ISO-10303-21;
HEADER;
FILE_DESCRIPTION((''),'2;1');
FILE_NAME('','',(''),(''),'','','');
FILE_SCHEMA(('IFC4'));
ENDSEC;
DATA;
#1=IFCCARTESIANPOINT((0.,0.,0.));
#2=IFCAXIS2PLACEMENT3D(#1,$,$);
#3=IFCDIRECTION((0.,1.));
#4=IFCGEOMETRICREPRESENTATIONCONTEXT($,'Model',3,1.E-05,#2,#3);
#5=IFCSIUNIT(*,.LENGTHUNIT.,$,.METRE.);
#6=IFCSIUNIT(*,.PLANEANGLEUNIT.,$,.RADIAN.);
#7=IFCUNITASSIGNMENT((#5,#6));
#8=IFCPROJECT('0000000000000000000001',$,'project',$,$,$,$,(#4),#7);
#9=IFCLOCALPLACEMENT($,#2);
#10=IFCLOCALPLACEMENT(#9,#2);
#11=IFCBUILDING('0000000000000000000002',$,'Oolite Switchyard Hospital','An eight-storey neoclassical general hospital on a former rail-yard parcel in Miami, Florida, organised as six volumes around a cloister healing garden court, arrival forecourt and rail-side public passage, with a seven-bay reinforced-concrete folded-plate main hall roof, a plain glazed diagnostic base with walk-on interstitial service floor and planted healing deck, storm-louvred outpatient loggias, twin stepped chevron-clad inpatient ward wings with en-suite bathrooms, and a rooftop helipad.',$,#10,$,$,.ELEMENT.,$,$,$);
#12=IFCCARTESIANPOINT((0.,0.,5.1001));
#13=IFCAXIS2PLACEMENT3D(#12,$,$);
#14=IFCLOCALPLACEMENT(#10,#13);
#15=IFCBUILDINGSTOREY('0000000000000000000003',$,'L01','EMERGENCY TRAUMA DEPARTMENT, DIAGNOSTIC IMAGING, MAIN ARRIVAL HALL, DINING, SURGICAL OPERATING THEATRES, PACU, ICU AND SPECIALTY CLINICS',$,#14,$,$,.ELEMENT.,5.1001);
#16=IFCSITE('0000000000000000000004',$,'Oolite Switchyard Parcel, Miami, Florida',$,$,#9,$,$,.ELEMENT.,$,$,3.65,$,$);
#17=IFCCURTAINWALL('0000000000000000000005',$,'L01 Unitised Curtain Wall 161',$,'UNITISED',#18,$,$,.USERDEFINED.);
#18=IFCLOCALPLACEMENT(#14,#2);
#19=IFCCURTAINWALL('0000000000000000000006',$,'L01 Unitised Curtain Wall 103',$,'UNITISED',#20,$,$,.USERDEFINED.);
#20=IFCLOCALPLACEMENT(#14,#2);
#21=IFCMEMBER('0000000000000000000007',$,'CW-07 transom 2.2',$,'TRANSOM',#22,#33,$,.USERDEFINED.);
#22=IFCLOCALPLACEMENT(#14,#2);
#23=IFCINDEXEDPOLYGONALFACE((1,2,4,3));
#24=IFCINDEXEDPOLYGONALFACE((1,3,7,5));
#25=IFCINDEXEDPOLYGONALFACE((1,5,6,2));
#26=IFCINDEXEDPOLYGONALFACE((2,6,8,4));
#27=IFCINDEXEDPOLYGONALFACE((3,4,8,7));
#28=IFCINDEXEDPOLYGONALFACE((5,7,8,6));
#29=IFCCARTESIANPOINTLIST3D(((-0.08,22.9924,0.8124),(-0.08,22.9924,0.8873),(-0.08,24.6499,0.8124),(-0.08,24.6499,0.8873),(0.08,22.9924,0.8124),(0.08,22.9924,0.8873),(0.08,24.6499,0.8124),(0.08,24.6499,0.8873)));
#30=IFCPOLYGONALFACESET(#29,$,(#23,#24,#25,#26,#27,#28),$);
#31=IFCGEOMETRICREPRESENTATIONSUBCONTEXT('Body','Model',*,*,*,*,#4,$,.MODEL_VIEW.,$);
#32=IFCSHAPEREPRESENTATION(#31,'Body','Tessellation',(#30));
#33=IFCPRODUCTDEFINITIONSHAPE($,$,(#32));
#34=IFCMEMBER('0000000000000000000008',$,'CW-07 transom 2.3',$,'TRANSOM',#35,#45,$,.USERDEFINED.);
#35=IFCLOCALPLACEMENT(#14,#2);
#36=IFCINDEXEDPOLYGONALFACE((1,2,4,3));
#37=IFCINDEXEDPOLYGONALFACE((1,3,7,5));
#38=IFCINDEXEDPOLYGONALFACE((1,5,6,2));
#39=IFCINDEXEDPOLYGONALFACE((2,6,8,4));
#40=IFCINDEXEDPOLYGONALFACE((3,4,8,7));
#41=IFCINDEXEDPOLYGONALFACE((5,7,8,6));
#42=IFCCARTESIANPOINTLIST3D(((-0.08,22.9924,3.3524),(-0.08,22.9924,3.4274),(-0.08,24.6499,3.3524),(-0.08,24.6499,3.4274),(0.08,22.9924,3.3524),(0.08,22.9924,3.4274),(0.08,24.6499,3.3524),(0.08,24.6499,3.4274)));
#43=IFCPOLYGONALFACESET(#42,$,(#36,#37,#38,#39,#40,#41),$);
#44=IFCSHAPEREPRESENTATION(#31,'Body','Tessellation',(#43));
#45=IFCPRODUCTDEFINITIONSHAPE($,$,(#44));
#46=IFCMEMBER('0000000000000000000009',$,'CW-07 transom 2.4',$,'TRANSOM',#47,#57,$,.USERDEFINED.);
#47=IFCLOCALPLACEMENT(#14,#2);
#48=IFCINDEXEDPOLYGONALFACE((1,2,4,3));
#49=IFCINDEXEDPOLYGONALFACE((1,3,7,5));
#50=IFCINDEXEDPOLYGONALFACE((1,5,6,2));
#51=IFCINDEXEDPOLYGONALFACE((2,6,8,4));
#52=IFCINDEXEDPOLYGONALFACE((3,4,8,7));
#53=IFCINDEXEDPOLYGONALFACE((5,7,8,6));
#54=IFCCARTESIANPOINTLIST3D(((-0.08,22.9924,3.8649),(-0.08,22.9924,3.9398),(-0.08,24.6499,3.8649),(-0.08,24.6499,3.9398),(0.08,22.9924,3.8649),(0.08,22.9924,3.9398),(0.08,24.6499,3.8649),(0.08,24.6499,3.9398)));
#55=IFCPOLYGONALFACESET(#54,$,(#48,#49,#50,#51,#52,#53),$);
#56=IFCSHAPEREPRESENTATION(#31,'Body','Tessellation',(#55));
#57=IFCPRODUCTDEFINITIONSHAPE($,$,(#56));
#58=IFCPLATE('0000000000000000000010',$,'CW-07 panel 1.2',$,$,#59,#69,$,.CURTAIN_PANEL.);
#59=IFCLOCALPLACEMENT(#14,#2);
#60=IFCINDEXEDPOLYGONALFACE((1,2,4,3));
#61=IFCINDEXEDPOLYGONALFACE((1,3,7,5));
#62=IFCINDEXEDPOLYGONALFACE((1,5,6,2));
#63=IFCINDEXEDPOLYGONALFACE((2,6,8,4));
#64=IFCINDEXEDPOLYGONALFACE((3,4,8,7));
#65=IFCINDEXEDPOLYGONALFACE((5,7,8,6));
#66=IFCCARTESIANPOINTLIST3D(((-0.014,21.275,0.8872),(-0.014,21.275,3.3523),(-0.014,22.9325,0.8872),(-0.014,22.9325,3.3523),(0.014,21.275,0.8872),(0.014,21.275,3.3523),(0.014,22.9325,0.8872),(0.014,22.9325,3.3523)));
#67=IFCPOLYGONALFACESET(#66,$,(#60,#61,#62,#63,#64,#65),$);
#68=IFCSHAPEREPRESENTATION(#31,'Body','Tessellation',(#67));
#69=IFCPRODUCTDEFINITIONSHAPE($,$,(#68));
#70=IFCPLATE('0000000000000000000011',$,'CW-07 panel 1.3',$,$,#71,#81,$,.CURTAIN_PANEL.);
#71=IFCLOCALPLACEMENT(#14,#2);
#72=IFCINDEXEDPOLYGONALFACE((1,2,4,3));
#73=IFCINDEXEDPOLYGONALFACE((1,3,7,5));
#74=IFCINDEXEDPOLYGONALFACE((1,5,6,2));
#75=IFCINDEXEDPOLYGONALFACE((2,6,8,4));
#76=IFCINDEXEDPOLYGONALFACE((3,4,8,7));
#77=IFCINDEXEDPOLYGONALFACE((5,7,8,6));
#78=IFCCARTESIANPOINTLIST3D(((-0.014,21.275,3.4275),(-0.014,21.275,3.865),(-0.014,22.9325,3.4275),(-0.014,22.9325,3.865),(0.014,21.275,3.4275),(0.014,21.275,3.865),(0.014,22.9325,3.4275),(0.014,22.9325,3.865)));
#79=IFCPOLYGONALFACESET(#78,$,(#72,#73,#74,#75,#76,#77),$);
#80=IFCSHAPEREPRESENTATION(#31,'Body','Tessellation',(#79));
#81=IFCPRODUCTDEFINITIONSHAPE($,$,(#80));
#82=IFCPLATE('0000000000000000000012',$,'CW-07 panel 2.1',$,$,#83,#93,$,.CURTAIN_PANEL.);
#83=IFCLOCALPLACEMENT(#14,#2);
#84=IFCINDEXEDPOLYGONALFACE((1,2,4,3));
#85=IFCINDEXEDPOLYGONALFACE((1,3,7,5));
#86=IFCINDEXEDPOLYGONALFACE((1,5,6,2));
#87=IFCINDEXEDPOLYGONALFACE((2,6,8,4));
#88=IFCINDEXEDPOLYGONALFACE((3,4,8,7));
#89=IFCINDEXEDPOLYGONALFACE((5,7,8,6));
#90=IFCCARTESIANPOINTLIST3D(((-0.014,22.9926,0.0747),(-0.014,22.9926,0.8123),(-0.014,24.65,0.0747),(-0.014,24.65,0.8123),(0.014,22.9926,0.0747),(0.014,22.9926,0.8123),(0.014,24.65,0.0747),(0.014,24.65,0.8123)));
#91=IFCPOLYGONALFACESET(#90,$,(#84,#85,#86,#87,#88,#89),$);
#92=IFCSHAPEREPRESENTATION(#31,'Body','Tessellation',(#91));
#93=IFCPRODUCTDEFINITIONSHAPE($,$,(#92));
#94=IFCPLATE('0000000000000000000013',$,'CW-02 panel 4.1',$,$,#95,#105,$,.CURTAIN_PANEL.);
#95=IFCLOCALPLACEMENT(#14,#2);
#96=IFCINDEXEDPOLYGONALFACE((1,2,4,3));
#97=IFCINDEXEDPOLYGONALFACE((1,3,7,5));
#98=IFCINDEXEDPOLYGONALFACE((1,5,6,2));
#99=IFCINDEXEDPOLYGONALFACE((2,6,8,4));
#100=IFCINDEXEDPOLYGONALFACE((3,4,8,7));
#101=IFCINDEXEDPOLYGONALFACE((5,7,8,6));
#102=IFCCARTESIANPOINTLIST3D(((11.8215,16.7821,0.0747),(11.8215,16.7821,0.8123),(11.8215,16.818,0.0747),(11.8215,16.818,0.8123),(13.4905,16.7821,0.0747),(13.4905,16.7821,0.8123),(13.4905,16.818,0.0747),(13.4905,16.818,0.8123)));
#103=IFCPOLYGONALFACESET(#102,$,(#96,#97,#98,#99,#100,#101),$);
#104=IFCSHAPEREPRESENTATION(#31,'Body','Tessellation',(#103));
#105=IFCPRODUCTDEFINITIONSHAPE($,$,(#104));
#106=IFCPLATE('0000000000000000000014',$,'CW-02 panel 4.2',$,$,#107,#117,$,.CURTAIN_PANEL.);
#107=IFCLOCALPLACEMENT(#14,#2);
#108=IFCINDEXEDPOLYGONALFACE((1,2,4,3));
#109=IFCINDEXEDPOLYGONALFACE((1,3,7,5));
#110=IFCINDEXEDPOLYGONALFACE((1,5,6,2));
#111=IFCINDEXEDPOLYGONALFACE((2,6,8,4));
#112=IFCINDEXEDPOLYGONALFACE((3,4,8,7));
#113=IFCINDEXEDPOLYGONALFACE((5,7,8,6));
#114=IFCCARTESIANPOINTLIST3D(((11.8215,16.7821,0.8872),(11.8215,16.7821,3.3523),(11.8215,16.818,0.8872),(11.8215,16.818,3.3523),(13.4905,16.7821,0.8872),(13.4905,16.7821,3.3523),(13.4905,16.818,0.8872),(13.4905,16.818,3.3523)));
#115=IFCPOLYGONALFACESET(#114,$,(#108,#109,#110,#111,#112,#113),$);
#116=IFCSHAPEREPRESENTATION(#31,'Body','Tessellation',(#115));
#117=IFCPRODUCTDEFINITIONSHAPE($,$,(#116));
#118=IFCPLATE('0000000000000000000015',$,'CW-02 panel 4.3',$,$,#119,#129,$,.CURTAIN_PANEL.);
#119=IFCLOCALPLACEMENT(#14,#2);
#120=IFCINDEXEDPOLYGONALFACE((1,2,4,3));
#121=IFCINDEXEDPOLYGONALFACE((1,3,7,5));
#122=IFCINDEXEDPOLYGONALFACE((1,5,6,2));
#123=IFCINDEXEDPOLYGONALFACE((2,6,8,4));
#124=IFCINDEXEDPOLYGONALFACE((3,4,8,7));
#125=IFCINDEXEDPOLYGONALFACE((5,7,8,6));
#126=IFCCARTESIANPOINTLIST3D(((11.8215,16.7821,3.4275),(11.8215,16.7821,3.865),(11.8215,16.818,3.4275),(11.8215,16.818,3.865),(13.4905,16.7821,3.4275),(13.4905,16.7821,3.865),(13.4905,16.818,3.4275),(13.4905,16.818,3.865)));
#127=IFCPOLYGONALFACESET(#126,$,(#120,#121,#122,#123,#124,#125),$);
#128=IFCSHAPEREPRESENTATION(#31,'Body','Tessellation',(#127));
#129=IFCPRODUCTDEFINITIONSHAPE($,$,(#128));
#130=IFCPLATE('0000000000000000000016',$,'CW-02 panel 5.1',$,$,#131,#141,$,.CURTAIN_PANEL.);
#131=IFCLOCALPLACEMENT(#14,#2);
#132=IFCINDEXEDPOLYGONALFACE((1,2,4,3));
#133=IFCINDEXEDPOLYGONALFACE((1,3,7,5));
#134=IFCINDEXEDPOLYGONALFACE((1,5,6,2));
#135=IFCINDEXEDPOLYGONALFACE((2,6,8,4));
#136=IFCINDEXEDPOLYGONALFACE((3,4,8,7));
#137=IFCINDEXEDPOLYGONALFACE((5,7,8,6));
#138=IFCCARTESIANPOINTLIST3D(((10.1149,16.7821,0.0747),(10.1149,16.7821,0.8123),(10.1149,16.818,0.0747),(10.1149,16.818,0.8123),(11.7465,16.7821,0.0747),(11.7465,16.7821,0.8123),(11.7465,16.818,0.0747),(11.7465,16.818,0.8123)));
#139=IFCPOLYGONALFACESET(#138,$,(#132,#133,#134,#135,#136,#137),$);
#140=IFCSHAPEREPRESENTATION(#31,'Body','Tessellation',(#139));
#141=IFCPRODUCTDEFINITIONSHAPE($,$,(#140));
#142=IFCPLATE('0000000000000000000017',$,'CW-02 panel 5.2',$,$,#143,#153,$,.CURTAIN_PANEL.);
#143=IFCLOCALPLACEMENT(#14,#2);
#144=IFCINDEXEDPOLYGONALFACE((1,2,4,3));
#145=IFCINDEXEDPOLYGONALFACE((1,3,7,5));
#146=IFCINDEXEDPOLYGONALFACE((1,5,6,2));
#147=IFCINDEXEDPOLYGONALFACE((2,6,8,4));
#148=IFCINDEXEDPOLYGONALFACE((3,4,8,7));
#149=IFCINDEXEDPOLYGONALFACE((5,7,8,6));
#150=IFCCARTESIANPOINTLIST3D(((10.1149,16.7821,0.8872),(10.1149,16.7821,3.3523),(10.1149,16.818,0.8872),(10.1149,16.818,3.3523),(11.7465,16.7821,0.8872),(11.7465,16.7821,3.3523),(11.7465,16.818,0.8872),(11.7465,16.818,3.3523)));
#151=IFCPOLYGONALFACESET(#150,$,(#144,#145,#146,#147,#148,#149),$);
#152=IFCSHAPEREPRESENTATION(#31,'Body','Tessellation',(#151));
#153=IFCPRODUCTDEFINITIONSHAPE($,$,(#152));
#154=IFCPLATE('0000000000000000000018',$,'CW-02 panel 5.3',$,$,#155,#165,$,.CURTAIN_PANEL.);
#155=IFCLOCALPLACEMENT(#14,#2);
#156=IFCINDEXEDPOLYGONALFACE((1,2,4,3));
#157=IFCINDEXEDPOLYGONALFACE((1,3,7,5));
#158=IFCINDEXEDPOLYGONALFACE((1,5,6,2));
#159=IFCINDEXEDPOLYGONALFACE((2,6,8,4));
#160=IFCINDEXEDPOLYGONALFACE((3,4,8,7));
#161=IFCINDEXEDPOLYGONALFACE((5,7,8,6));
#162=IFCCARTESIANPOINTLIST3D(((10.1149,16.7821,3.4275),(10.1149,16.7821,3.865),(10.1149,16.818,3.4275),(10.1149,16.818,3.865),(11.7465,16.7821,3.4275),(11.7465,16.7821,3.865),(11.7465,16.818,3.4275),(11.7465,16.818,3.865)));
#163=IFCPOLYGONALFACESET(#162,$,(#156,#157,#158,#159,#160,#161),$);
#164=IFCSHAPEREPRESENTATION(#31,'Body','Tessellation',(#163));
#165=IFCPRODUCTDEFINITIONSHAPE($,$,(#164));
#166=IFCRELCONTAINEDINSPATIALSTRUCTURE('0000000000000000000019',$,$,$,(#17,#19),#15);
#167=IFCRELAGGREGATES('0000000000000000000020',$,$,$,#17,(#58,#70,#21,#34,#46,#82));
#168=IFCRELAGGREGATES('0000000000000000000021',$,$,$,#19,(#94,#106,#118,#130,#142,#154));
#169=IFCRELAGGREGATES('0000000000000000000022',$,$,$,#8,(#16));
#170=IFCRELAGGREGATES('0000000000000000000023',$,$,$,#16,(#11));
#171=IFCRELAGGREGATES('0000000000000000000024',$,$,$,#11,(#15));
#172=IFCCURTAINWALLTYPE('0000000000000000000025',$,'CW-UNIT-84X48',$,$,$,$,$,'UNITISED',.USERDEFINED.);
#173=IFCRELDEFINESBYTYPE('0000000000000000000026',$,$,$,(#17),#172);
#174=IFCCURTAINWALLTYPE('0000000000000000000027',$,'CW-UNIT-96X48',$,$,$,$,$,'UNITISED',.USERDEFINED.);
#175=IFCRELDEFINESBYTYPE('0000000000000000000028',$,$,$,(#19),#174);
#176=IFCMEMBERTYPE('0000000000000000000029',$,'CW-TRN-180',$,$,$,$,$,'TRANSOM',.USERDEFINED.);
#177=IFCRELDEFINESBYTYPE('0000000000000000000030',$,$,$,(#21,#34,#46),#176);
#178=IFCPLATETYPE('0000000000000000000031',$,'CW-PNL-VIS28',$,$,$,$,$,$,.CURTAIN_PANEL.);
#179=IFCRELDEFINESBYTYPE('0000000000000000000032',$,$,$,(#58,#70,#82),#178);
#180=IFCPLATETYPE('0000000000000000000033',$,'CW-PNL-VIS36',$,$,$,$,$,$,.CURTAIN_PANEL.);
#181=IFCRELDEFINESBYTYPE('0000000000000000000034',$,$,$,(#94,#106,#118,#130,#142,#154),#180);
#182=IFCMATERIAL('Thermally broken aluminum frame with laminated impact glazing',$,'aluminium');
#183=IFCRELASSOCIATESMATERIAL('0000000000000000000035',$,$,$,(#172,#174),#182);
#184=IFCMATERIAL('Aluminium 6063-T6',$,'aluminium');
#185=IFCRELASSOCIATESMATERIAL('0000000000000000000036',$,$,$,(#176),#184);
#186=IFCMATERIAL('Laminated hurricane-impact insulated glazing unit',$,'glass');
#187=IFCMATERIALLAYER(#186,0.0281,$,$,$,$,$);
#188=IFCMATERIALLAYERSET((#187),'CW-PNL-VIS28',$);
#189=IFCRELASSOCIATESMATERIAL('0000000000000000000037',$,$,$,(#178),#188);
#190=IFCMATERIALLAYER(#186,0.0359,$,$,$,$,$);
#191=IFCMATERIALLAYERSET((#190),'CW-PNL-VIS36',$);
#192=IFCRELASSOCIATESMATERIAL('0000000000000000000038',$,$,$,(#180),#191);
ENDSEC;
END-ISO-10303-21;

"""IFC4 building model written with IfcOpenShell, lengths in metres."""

from ifc_helpers import new_model, si_unit, direction, frame, origin, origin_2d, place, context, subcontext, project, spatial, rectangle, extrude, material, layer, layer_set, material_profile, profile_set, type_object, element, aggregate, save


model = new_model("IFC4")

# Units and contexts
model_context = context("Model", 3, precision=1e-05, world=origin(), true_north=direction((0.0, 1.0)))
body_context = subcontext(model_context, "Body", "Model", "MODEL_VIEW")
ifc_project = project(units=[si_unit("LENGTHUNIT", "METRE"), si_unit("PLANEANGLEUNIT", "RADIAN")], contexts=[model_context])

# Site, building, storey
site_placement = place(None, origin())
site = spatial("IfcSite", under=ifc_project, at=site_placement, Name="Oolite Switchyard Parcel, Miami, Florida", CompositionType="ELEMENT", RefElevation=3.65)
building_placement = place(site_placement, origin())
building = spatial("IfcBuilding", under=site, at=building_placement, Name="Oolite Switchyard Hospital", Description="An eight-storey neoclassical general hospital on a former rail-yard parcel in Miami, Florida, organised as six volumes around a cloister healing garden court, arrival forecourt and rail-side public passage, with a seven-bay reinforced-concrete folded-plate main hall roof, a plain glazed diagnostic base with walk-on interstitial service floor and planted healing deck, storm-louvred outpatient loggias, twin stepped chevron-clad inpatient ward wings with en-suite bathrooms, and a rooftop helipad.", CompositionType="ELEMENT")
storey_placement = place(building_placement, frame((0.0, 0.0, 5.1001)))
storey = spatial("IfcBuildingStorey", under=building, at=storey_placement, Name="L01", Description="EMERGENCY TRAUMA DEPARTMENT, DIAGNOSTIC IMAGING, MAIN ARRIVAL HALL, DINING, SURGICAL OPERATING THEATRES, PACU, ICU AND SPECIALTY CLINICS", CompositionType="ELEMENT", Elevation=5.1001)

# Curtain wall
ifc_material_1 = material(Name="Thermally broken aluminum frame with laminated impact glazing", Category="aluminium")
curtain_wall_type_1 = type_object("IfcCurtainWallType", Name="CW-UNIT-84X48", ElementType="UNITISED", PredefinedType="USERDEFINED", material=ifc_material_1)
curtain_wall_1_placement = place(storey_placement, origin())
curtain_wall_1 = element("IfcCurtainWall", 1, at=curtain_wall_1_placement, inside=storey, type_object=curtain_wall_type_1, Name="L01 Unitised Curtain Wall 161", ObjectType="UNITISED", PredefinedType="USERDEFINED")
ifc_material_2 = material(Name="Aluminium 6063-T6", Category="aluminium")

# Curtain wall
curtain_wall_type_2 = type_object("IfcCurtainWallType", Name="CW-UNIT-96X48", ElementType="UNITISED", PredefinedType="USERDEFINED", material=ifc_material_1)
curtain_wall_2_placement = place(storey_placement, origin())
curtain_wall_2 = element("IfcCurtainWall", 2, at=curtain_wall_2_placement, inside=storey, type_object=curtain_wall_type_2, Name="L01 Unitised Curtain Wall 103", ObjectType="UNITISED", PredefinedType="USERDEFINED")
ifc_material_profile_1 = material_profile(ifc_material_2, rectangle(XDim=0.1599, YDim=0.075, at=origin_2d()), Name="CWT75X160")
ifc_profile_set_1 = profile_set([ifc_material_profile_1], Name="Aluminium 6063-T6")
member_type_1 = type_object("IfcMemberType", Name="CW-TRN-180", ElementType="TRANSOM", PredefinedType="USERDEFINED", material=ifc_profile_set_1)

# Members
member_1_placement = place(storey_placement, frame((0.0, 22.9924, 0.8499), z_axis=(0.0, 1.0, 0.0), x_axis=(-1.0, 0.0, 0.0)))
member_1 = element("IfcMember", 3, at=member_1_placement, type_object=member_type_1, Name="CW-07 transom 2.2", ObjectType="TRANSOM", PredefinedType="USERDEFINED", context=body_context, shape_type="SweptSolid", body=[
    extrude(rectangle(XDim=0.1599, YDim=0.075, at=origin_2d()), origin(), (0.0, 0.0, 1.0), 1.6575),
])
member_2_placement = place(storey_placement, frame((0.0, 22.9924, 3.3899), z_axis=(0.0, 1.0, 0.0), x_axis=(-1.0, 0.0, 0.0)))
member_2 = element("IfcMember", 4, at=member_2_placement, type_object=member_type_1, Name="CW-07 transom 2.3", ObjectType="TRANSOM", PredefinedType="USERDEFINED", context=body_context, shape_type="SweptSolid", body=[
    extrude(rectangle(XDim=0.1599, YDim=0.075, at=origin_2d()), origin(), (0.0, 0.0, 1.0), 1.6575),
])
member_3_placement = place(storey_placement, frame((0.0, 22.9924, 3.9023), z_axis=(0.0, 1.0, 0.0), x_axis=(-1.0, 0.0, 0.0)))
member_3 = element("IfcMember", 5, at=member_3_placement, type_object=member_type_1, Name="CW-07 transom 2.4", ObjectType="TRANSOM", PredefinedType="USERDEFINED", context=body_context, shape_type="SweptSolid", body=[
    extrude(rectangle(XDim=0.1599, YDim=0.075, at=origin_2d()), origin(), (0.0, 0.0, 1.0), 1.6575),
])

# Plates
ifc_material_3 = material(Name="Laminated hurricane-impact insulated glazing unit", Category="glass")
ifc_layer_1 = layer(ifc_material_3, 0.0281)
ifc_layer_set_1 = layer_set([ifc_layer_1], Name="CW-PNL-VIS28")
plate_type_1 = type_object("IfcPlateType", Name="CW-PNL-VIS28", PredefinedType="CURTAIN_PANEL", material=ifc_layer_set_1)
plate_1_placement = place(storey_placement, frame((0.0, 22.1038, 0.8872), z_axis=(0.0, 0.0, 1.0), x_axis=(0.0, 1.0, 0.0)))
plate_1 = element("IfcPlate", 6, at=plate_1_placement, type_object=plate_type_1, Name="CW-07 panel 1.2", PredefinedType="CURTAIN_PANEL", context=body_context, shape_type="SweptSolid", body=[
    extrude(rectangle(XDim=1.6575, YDim=0.0281, at=origin_2d()), origin(), (0.0, 0.0, 1.0), 2.4651),
])
plate_2_placement = place(storey_placement, frame((0.0, 22.1038, 3.4275), z_axis=(0.0, 0.0, 1.0), x_axis=(0.0, 1.0, 0.0)))
plate_2 = element("IfcPlate", 7, at=plate_2_placement, type_object=plate_type_1, Name="CW-07 panel 1.3", PredefinedType="CURTAIN_PANEL", context=body_context, shape_type="SweptSolid", body=[
    extrude(rectangle(XDim=1.6575, YDim=0.0281, at=origin_2d()), origin(), (0.0, 0.0, 1.0), 0.4375),
])
plate_3_placement = place(storey_placement, frame((0.0, 23.8213, 0.0747), z_axis=(0.0, 0.0, 1.0), x_axis=(0.0, 1.0, 0.0)))
plate_3 = element("IfcPlate", 8, at=plate_3_placement, type_object=plate_type_1, Name="CW-07 panel 2.1", PredefinedType="CURTAIN_PANEL", context=body_context, shape_type="SweptSolid", body=[
    extrude(rectangle(XDim=1.6575, YDim=0.0281, at=origin_2d()), origin(), (0.0, 0.0, 1.0), 0.7375),
])
aggregate(curtain_wall_1, [plate_1, plate_2, member_1, member_2, member_3, plate_3])
ifc_layer_2 = layer(ifc_material_3, 0.0359)
ifc_layer_set_2 = layer_set([ifc_layer_2], Name="CW-PNL-VIS36")
plate_type_2 = type_object("IfcPlateType", Name="CW-PNL-VIS36", PredefinedType="CURTAIN_PANEL", material=ifc_layer_set_2)
plate_4_placement = place(storey_placement, frame((12.656, 16.8, 0.0747), z_axis=(0.0, 0.0, 1.0), x_axis=(-1.0, 0.0, 0.0)))
plate_4 = element("IfcPlate", 9, at=plate_4_placement, type_object=plate_type_2, Name="CW-02 panel 4.1", PredefinedType="CURTAIN_PANEL", context=body_context, shape_type="SweptSolid", body=[
    extrude(rectangle(XDim=1.6689, YDim=0.0359, at=origin_2d()), origin(), (0.0, 0.0, 1.0), 0.7375),
])
plate_5_placement = place(storey_placement, frame((12.656, 16.8, 0.8872), z_axis=(0.0, 0.0, 1.0), x_axis=(-1.0, 0.0, 0.0)))
plate_5 = element("IfcPlate", 10, at=plate_5_placement, type_object=plate_type_2, Name="CW-02 panel 4.2", PredefinedType="CURTAIN_PANEL", context=body_context, shape_type="SweptSolid", body=[
    extrude(rectangle(XDim=1.6689, YDim=0.0359, at=origin_2d()), origin(), (0.0, 0.0, 1.0), 2.4651),
])
plate_6_placement = place(storey_placement, frame((12.656, 16.8, 3.4275), z_axis=(0.0, 0.0, 1.0), x_axis=(-1.0, 0.0, 0.0)))
plate_6 = element("IfcPlate", 11, at=plate_6_placement, type_object=plate_type_2, Name="CW-02 panel 4.3", PredefinedType="CURTAIN_PANEL", context=body_context, shape_type="SweptSolid", body=[
    extrude(rectangle(XDim=1.6689, YDim=0.0359, at=origin_2d()), origin(), (0.0, 0.0, 1.0), 0.4375),
])
plate_7_placement = place(storey_placement, frame((10.9307, 16.8, 0.0747), z_axis=(0.0, 0.0, 1.0), x_axis=(-1.0, 0.0, 0.0)))
plate_7 = element("IfcPlate", 12, at=plate_7_placement, type_object=plate_type_2, Name="CW-02 panel 5.1", PredefinedType="CURTAIN_PANEL", context=body_context, shape_type="SweptSolid", body=[
    extrude(rectangle(XDim=1.6316, YDim=0.0359, at=origin_2d()), origin(), (0.0, 0.0, 1.0), 0.7375),
])
plate_8_placement = place(storey_placement, frame((10.9307, 16.8, 0.8872), z_axis=(0.0, 0.0, 1.0), x_axis=(-1.0, 0.0, 0.0)))
plate_8 = element("IfcPlate", 13, at=plate_8_placement, type_object=plate_type_2, Name="CW-02 panel 5.2", PredefinedType="CURTAIN_PANEL", context=body_context, shape_type="SweptSolid", body=[
    extrude(rectangle(XDim=1.6316, YDim=0.0359, at=origin_2d()), origin(), (0.0, 0.0, 1.0), 2.4651),
])
plate_9_placement = place(storey_placement, frame((10.9307, 16.8, 3.4275), z_axis=(0.0, 0.0, 1.0), x_axis=(-1.0, 0.0, 0.0)))
plate_9 = element("IfcPlate", 14, at=plate_9_placement, type_object=plate_type_2, Name="CW-02 panel 5.3", PredefinedType="CURTAIN_PANEL", context=body_context, shape_type="SweptSolid", body=[
    extrude(rectangle(XDim=1.6316, YDim=0.0359, at=origin_2d()), origin(), (0.0, 0.0, 1.0), 0.4375),
])
aggregate(curtain_wall_2, [plate_4, plate_5, plate_6, plate_7, plate_8, plate_9])

save(model, "model.ifc")
